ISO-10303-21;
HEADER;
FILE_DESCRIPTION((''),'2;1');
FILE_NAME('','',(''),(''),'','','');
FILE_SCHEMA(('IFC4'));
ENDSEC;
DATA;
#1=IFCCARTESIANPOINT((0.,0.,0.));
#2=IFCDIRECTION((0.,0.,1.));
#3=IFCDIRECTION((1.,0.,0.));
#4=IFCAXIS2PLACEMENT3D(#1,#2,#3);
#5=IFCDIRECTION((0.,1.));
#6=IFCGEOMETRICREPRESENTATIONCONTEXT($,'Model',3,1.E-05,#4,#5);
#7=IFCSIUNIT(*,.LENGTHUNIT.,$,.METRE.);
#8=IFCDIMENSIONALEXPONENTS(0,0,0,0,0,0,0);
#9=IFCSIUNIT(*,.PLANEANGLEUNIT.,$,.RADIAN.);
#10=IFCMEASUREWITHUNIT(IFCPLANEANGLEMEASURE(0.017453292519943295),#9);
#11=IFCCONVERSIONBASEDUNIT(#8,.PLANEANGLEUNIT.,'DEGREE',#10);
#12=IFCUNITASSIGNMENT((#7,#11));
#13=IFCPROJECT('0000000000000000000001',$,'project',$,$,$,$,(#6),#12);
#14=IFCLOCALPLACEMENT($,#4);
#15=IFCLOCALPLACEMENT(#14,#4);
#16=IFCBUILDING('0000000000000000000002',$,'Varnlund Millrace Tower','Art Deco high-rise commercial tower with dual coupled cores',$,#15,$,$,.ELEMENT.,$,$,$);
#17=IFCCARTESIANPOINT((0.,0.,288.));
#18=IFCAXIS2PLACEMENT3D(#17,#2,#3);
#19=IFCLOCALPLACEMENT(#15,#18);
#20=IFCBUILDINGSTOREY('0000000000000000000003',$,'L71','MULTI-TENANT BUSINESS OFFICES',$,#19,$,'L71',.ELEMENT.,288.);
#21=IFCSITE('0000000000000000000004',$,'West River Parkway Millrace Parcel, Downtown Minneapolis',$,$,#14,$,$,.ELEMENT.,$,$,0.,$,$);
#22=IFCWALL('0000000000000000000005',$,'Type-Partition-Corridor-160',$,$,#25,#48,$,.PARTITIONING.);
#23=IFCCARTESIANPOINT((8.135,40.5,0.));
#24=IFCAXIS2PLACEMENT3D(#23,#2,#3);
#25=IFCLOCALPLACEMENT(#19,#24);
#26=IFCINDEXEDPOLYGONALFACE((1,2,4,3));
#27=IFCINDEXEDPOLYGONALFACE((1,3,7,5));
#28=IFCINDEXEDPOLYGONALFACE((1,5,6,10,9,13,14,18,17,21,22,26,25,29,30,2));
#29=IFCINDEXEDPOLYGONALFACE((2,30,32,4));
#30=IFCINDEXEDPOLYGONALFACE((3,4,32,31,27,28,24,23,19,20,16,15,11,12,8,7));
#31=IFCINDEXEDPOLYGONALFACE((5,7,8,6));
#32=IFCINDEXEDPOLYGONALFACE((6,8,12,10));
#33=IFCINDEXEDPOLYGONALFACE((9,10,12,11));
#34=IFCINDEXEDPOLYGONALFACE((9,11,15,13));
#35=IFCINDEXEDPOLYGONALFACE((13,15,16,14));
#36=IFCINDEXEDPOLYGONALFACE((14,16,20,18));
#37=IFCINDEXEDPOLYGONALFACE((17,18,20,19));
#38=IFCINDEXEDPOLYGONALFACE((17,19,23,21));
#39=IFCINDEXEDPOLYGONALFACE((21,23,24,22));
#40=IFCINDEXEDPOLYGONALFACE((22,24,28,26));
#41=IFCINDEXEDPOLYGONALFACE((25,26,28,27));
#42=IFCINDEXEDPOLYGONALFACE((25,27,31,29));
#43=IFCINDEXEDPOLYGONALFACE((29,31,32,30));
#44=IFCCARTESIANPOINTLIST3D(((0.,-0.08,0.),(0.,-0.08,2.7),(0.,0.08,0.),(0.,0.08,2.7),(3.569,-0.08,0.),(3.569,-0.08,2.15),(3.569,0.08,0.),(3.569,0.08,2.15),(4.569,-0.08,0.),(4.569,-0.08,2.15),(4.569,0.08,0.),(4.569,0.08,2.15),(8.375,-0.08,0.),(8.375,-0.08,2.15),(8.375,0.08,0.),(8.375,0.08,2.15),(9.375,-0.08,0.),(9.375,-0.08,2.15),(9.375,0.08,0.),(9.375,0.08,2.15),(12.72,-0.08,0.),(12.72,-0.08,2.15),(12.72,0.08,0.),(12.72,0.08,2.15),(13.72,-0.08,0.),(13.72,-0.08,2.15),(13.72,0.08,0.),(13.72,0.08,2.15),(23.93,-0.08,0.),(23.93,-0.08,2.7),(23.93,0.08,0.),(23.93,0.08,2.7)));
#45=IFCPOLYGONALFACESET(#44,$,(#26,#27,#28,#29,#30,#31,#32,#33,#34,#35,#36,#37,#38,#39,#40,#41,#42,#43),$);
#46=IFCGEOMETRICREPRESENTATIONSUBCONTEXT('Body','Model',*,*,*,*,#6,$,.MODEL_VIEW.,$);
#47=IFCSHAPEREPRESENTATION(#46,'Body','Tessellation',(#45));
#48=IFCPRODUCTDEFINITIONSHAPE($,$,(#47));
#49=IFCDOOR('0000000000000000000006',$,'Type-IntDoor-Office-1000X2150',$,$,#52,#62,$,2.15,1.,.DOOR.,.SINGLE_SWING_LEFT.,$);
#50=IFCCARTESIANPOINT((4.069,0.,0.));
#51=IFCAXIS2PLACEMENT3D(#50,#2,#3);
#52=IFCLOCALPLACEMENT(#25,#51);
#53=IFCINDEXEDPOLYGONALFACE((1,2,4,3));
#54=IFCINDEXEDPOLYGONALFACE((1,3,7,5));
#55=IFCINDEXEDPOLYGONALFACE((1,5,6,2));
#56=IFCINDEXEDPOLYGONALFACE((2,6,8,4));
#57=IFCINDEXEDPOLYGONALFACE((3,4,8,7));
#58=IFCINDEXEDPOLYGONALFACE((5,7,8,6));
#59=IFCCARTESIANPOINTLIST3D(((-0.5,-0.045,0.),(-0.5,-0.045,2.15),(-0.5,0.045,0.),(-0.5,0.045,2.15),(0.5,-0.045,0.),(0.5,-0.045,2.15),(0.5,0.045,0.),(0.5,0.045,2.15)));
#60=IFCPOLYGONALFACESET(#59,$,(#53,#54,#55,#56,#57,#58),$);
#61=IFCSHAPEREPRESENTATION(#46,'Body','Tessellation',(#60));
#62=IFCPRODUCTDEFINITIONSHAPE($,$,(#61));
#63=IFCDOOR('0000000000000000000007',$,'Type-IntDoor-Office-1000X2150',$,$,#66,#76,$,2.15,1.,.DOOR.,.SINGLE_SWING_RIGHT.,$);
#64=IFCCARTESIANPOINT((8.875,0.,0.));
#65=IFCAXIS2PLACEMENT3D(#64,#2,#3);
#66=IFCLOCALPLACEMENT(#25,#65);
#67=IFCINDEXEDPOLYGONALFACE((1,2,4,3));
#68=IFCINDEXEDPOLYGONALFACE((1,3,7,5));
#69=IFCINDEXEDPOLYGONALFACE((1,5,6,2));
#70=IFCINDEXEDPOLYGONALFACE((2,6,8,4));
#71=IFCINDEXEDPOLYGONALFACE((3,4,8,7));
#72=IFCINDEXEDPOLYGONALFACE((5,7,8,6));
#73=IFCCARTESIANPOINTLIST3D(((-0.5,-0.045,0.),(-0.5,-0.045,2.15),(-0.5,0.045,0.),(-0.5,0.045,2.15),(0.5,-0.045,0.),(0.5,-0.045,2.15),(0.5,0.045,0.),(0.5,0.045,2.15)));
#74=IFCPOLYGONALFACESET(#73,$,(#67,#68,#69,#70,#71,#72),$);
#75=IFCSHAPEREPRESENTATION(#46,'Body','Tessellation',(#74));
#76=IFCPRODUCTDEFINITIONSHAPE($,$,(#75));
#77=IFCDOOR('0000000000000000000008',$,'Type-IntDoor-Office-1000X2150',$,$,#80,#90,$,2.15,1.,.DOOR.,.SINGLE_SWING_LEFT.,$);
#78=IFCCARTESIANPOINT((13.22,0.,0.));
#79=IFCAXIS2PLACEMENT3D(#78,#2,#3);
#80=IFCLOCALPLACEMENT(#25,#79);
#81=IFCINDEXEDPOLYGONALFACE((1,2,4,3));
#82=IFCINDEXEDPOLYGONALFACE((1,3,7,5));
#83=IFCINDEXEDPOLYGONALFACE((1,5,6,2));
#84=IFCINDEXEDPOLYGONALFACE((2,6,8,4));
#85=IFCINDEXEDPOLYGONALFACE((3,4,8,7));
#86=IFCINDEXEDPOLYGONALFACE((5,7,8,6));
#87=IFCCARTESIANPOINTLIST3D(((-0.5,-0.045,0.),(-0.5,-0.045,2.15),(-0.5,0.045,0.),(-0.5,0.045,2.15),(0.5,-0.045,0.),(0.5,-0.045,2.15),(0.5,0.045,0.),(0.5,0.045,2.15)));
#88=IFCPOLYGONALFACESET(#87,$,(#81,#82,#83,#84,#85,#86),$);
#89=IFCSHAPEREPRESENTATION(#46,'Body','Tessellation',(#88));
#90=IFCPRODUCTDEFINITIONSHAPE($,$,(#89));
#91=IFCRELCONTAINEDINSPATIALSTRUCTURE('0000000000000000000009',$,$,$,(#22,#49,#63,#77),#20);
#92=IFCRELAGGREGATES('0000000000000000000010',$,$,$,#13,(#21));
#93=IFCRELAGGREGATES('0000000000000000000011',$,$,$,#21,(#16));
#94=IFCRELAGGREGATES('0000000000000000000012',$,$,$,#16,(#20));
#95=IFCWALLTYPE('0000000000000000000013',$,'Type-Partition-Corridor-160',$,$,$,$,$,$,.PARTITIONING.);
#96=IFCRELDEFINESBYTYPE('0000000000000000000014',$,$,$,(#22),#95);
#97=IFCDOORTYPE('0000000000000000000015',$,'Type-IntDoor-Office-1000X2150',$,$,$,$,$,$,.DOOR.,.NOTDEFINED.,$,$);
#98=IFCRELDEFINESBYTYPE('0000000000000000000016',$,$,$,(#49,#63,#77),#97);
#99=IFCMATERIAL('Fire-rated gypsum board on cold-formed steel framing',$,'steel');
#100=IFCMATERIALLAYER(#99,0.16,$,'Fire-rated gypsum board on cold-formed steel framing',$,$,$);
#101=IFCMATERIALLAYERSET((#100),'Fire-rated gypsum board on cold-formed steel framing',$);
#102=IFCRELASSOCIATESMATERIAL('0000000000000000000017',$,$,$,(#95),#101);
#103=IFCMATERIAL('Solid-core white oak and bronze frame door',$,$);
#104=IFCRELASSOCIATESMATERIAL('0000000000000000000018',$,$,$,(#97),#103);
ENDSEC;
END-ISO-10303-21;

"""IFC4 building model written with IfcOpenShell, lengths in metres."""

from ifc_helpers import new_model, entity, si_unit, converted_unit, direction, frame, origin_with_axes, origin_2d_with_axis, place, context, subcontext, project, spatial, polyline, rectangle, outline, extrude, material, layer, layer_set, type_object, element, fill, save


model = new_model("IFC4")

# Units and contexts
model_context = context("Model", 3, precision=1e-05, world=origin_with_axes(), true_north=direction((0.0, 1.0)))
body_context = subcontext(model_context, "Body", "Model", "MODEL_VIEW")
ifc_project = project(units=[si_unit("LENGTHUNIT", "METRE"), converted_unit("PLANEANGLEUNIT", "DEGREE", entity("IfcPlaneAngleMeasure", 0.017453292519943295), si_unit("PLANEANGLEUNIT", "RADIAN"), dimensions=[0, 0, 0, 0, 0, 0, 0])], contexts=[model_context])

# Site, building, storey
site_placement = place(None, origin_with_axes())
site = spatial("IfcSite", under=ifc_project, at=site_placement, Name="West River Parkway Millrace Parcel, Downtown Minneapolis", CompositionType="ELEMENT", RefElevation=0.0)
building_placement = place(site_placement, origin_with_axes())
building = spatial("IfcBuilding", under=site, at=building_placement, Name="Varnlund Millrace Tower", Description="Art Deco high-rise commercial tower with dual coupled cores", CompositionType="ELEMENT")
storey_placement = place(building_placement, frame((0.0, 0.0, 288.0), z_axis=(0.0, 0.0, 1.0), x_axis=(1.0, 0.0, 0.0)))
storey = spatial("IfcBuildingStorey", under=building, at=storey_placement, Name="L71", Description="MULTI-TENANT BUSINESS OFFICES", LongName="L71", CompositionType="ELEMENT", Elevation=288.0)

# Wall, openings, doors
ifc_material_1 = material(Name="Fire-rated gypsum board on cold-formed steel framing", Category="steel")
ifc_layer_1 = layer(ifc_material_1, 0.16, Name="Fire-rated gypsum board on cold-formed steel framing")
ifc_layer_set_1 = layer_set([ifc_layer_1], Name="Fire-rated gypsum board on cold-formed steel framing")
wall_type_1 = type_object("IfcWallType", Name="Type-Partition-Corridor-160", PredefinedType="PARTITIONING", material=ifc_layer_set_1)
wall_1_placement = place(storey_placement, frame((8.135, 40.5, 0.0), z_axis=(0.0, 0.0, 1.0), x_axis=(1.0, 0.0, 0.0)))
wall_1 = element("IfcWall", 1, at=wall_1_placement, inside=storey, type_object=wall_type_1, Name="Type-Partition-Corridor-160", PredefinedType="PARTITIONING", context=body_context, shape_type="SweptSolid", body=[
    extrude(outline(polyline([(0.0, -0.08), (23.93, -0.08), (23.93, 0.08), (0.0, 0.08), (0.0, -0.08)])), origin_with_axes(), (0.0, 0.0, 1.0), 2.7),
])
opening_1_placement = place(wall_1_placement, frame((4.069, 0.0, 0.0), z_axis=(0.0, 0.0, 1.0), x_axis=(1.0, 0.0, 0.0)))
opening_1 = element("IfcOpeningElement", 2, at=opening_1_placement, cuts=wall_1, PredefinedType="OPENING", context=body_context, shape_type="SweptSolid", body=[
    extrude(rectangle(XDim=1.0, YDim=0.18, at=origin_2d_with_axis()), origin_with_axes(), (0.0, 0.0, 1.0), 2.15),
])
opening_2_placement = place(wall_1_placement, frame((8.875, 0.0, 0.0), z_axis=(0.0, 0.0, 1.0), x_axis=(1.0, 0.0, 0.0)))
opening_2 = element("IfcOpeningElement", 3, at=opening_2_placement, cuts=wall_1, PredefinedType="OPENING", context=body_context, shape_type="SweptSolid", body=[
    extrude(rectangle(XDim=1.0, YDim=0.18, at=origin_2d_with_axis()), origin_with_axes(), (0.0, 0.0, 1.0), 2.15),
])
opening_3_placement = place(wall_1_placement, frame((13.22, 0.0, 0.0), z_axis=(0.0, 0.0, 1.0), x_axis=(1.0, 0.0, 0.0)))
opening_3 = element("IfcOpeningElement", 4, at=opening_3_placement, cuts=wall_1, PredefinedType="OPENING", context=body_context, shape_type="SweptSolid", body=[
    extrude(rectangle(XDim=1.0, YDim=0.18, at=origin_2d_with_axis()), origin_with_axes(), (0.0, 0.0, 1.0), 2.15),
])
ifc_material_2 = material(Name="Solid-core white oak and bronze frame door")
door_type_1 = type_object("IfcDoorType", Name="Type-IntDoor-Office-1000X2150", OperationType="NOTDEFINED", PredefinedType="DOOR", material=ifc_material_2)
door_1_placement = place(wall_1_placement, frame((4.069, 0.0, 0.0), z_axis=(0.0, 0.0, 1.0), x_axis=(1.0, 0.0, 0.0)))
door_1 = element("IfcDoor", 5, at=door_1_placement, inside=storey, type_object=door_type_1, Name="Type-IntDoor-Office-1000X2150", OperationType="SINGLE_SWING_LEFT", OverallHeight=2.15, OverallWidth=1.0, PredefinedType="DOOR", context=body_context, shape_type="SweptSolid", body=[
    extrude(rectangle(XDim=1.0, YDim=0.09, at=origin_2d_with_axis()), origin_with_axes(), (0.0, 0.0, 1.0), 2.15),
])
fill(opening_1, door_1)
door_2_placement = place(wall_1_placement, frame((8.875, 0.0, 0.0), z_axis=(0.0, 0.0, 1.0), x_axis=(1.0, 0.0, 0.0)))
door_2 = element("IfcDoor", 6, at=door_2_placement, inside=storey, type_object=door_type_1, Name="Type-IntDoor-Office-1000X2150", OperationType="SINGLE_SWING_RIGHT", OverallHeight=2.15, OverallWidth=1.0, PredefinedType="DOOR", context=body_context, shape_type="SweptSolid", body=[
    extrude(rectangle(XDim=1.0, YDim=0.09, at=origin_2d_with_axis()), origin_with_axes(), (0.0, 0.0, 1.0), 2.15),
])
fill(opening_2, door_2)
door_3_placement = place(wall_1_placement, frame((13.22, 0.0, 0.0), z_axis=(0.0, 0.0, 1.0), x_axis=(1.0, 0.0, 0.0)))
door_3 = element("IfcDoor", 7, at=door_3_placement, inside=storey, type_object=door_type_1, Name="Type-IntDoor-Office-1000X2150", OperationType="SINGLE_SWING_LEFT", OverallHeight=2.15, OverallWidth=1.0, PredefinedType="DOOR", context=body_context, shape_type="SweptSolid", body=[
    extrude(rectangle(XDim=1.0, YDim=0.09, at=origin_2d_with_axis()), origin_with_axes(), (0.0, 0.0, 1.0), 2.15),
])
fill(opening_3, door_3)

save(model, "model.ifc")
